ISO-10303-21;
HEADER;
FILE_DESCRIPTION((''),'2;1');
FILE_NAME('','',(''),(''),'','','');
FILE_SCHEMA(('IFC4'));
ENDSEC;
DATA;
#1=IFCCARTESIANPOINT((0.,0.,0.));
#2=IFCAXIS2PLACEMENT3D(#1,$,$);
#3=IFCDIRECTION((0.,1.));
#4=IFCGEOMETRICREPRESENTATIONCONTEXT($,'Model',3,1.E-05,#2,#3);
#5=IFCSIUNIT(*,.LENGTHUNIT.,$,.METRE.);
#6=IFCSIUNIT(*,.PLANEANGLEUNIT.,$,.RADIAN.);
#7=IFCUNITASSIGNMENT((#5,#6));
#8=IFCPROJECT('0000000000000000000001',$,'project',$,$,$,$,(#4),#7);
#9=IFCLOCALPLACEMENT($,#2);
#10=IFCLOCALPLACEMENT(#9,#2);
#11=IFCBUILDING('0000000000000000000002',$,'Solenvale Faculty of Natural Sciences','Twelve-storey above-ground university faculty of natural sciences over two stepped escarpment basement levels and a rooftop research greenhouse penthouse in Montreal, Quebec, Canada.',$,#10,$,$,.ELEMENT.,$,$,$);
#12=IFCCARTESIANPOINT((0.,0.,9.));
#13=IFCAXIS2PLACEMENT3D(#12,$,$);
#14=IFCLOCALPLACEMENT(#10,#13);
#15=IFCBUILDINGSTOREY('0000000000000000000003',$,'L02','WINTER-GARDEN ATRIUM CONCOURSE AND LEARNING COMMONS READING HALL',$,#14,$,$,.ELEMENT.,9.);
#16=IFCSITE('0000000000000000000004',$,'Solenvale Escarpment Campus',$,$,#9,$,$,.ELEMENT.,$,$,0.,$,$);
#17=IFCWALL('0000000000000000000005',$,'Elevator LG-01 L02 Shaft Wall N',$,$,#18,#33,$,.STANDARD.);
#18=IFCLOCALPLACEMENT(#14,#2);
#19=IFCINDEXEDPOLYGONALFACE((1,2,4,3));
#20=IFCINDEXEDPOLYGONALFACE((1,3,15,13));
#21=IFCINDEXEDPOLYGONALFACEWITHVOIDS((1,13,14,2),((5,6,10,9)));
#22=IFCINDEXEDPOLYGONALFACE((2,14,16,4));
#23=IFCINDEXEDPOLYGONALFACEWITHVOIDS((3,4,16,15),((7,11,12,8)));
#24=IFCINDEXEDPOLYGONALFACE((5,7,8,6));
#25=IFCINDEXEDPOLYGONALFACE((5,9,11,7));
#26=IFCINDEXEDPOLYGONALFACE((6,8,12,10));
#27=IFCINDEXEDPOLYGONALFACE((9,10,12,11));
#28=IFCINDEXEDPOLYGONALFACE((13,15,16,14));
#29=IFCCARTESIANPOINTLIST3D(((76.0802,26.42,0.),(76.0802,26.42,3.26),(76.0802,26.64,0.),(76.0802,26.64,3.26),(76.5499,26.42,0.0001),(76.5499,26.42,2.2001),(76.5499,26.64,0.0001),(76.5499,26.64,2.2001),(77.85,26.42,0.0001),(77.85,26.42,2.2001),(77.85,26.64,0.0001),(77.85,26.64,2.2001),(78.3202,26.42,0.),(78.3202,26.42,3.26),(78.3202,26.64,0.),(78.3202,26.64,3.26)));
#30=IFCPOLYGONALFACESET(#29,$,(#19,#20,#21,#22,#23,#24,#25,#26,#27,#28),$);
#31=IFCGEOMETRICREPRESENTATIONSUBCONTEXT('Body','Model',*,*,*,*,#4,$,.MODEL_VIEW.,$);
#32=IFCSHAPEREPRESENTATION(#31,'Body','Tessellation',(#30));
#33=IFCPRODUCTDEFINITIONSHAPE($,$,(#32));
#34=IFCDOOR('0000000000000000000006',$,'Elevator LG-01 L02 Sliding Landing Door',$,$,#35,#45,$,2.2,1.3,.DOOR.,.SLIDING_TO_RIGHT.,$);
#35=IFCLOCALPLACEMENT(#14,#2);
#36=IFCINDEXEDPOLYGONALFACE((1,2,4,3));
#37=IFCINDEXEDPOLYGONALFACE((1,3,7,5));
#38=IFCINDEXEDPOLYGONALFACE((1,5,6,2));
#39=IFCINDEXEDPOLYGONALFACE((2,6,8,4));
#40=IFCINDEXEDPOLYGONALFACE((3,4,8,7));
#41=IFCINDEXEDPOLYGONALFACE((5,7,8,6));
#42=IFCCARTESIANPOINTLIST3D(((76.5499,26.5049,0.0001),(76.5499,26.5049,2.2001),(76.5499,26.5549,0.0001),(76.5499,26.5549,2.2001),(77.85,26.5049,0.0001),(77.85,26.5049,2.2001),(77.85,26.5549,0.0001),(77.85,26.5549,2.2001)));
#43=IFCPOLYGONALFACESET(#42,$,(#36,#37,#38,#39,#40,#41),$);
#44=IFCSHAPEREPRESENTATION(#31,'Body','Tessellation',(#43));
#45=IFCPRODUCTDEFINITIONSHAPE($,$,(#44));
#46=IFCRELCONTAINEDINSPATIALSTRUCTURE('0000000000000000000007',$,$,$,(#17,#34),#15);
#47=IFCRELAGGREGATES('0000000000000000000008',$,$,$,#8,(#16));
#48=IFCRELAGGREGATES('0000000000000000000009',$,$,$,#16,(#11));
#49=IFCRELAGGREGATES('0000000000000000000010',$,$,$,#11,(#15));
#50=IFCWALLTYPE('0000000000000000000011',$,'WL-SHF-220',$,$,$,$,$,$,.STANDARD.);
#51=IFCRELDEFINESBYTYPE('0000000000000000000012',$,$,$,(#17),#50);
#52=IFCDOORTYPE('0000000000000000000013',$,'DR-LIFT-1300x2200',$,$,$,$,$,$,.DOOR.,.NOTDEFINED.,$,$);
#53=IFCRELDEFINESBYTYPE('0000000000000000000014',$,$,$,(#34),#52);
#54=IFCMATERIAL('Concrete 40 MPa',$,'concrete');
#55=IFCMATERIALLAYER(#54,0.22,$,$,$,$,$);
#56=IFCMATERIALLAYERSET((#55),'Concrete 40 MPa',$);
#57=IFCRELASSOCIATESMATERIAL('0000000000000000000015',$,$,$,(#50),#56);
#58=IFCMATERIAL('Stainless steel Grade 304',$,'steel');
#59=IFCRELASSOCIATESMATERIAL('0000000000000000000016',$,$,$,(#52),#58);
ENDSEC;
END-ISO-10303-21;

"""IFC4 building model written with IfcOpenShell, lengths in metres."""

from ifc_helpers import new_model, si_unit, direction, frame, frame_2d, origin, place, context, subcontext, project, spatial, rectangle, extrude, material, layer, layer_set, type_object, element, fill, save


model = new_model("IFC4")

# Units and contexts
model_context = context("Model", 3, precision=1e-05, world=origin(), true_north=direction((0.0, 1.0)))
body_context = subcontext(model_context, "Body", "Model", "MODEL_VIEW")
ifc_project = project(units=[si_unit("LENGTHUNIT", "METRE"), si_unit("PLANEANGLEUNIT", "RADIAN")], contexts=[model_context])

# Site, building, storey
site_placement = place(None, origin())
site = spatial("IfcSite", under=ifc_project, at=site_placement, Name="Solenvale Escarpment Campus", CompositionType="ELEMENT", RefElevation=0.0)
building_placement = place(site_placement, origin())
building = spatial("IfcBuilding", under=site, at=building_placement, Name="Solenvale Faculty of Natural Sciences", Description="Twelve-storey above-ground university faculty of natural sciences over two stepped escarpment basement levels and a rooftop research greenhouse penthouse in Montreal, Quebec, Canada.", CompositionType="ELEMENT")
storey_placement = place(building_placement, frame((0.0, 0.0, 9.0)))
storey = spatial("IfcBuildingStorey", under=building, at=storey_placement, Name="L02", Description="WINTER-GARDEN ATRIUM CONCOURSE AND LEARNING COMMONS READING HALL", CompositionType="ELEMENT", Elevation=9.0)

# Shared definitions
ifc_material_1 = material(Name="Concrete 40 MPa", Category="concrete")

# Wall, opening, door
ifc_layer_1 = layer(ifc_material_1, 0.22)
ifc_layer_set_1 = layer_set([ifc_layer_1], Name="Concrete 40 MPa")
wall_type_1 = type_object("IfcWallType", Name="WL-SHF-220", PredefinedType="STANDARD", material=ifc_layer_set_1)
wall_1_placement = place(storey_placement, frame((76.0801, 26.53, 0.0), z_axis=(0.0, 0.0, 1.0), x_axis=(1.0, 0.0, 0.0)))
wall_1 = element("IfcWall", 1, at=wall_1_placement, inside=storey, type_object=wall_type_1, Name="Elevator LG-01 L02 Shaft Wall N", PredefinedType="STANDARD", context=body_context, shape_type="SweptSolid", body=[
    extrude(rectangle(XDim=2.24, YDim=0.22, at=frame_2d((1.1201, 0.0))), origin(), (0.0, 0.0, 1.0), 3.26),
])
opening_1_placement = place(wall_1_placement, frame((0.47, 0.0, 0.0)))
opening_1 = element("IfcOpeningElement", 2, at=opening_1_placement, cuts=wall_1, PredefinedType="OPENING", context=body_context, shape_type="SweptSolid", body=[
    extrude(rectangle(XDim=1.3, YDim=2.2, at=frame_2d((0.6499, 1.1001))), frame((0.0, 0.1199, 0.0), z_axis=(0.0, -1.0, 0.0), x_axis=(1.0, 0.0, 0.0)), (0.0, 0.0, 1.0), 0.24),
])
ifc_material_2 = material(Name="Stainless steel Grade 304", Category="steel")
door_type_1 = type_object("IfcDoorType", Name="DR-LIFT-1300x2200", OperationType="NOTDEFINED", PredefinedType="DOOR", material=ifc_material_2)
door_1_placement = place(opening_1_placement, origin())
door_1 = element("IfcDoor", 3, at=door_1_placement, inside=storey, type_object=door_type_1, Name="Elevator LG-01 L02 Sliding Landing Door", OperationType="SLIDING_TO_RIGHT", OverallHeight=2.2, OverallWidth=1.3, PredefinedType="DOOR", context=body_context, shape_type="SweptSolid", body=[
    extrude(rectangle(XDim=1.3, YDim=2.2, at=frame_2d((0.6499, 1.1001))), frame((0.0, 0.0249, 0.0), z_axis=(0.0, -1.0, 0.0), x_axis=(1.0, 0.0, 0.0)), (0.0, 0.0, 1.0), 0.05),
])
fill(opening_1, door_1)

save(model, "model.ifc")
